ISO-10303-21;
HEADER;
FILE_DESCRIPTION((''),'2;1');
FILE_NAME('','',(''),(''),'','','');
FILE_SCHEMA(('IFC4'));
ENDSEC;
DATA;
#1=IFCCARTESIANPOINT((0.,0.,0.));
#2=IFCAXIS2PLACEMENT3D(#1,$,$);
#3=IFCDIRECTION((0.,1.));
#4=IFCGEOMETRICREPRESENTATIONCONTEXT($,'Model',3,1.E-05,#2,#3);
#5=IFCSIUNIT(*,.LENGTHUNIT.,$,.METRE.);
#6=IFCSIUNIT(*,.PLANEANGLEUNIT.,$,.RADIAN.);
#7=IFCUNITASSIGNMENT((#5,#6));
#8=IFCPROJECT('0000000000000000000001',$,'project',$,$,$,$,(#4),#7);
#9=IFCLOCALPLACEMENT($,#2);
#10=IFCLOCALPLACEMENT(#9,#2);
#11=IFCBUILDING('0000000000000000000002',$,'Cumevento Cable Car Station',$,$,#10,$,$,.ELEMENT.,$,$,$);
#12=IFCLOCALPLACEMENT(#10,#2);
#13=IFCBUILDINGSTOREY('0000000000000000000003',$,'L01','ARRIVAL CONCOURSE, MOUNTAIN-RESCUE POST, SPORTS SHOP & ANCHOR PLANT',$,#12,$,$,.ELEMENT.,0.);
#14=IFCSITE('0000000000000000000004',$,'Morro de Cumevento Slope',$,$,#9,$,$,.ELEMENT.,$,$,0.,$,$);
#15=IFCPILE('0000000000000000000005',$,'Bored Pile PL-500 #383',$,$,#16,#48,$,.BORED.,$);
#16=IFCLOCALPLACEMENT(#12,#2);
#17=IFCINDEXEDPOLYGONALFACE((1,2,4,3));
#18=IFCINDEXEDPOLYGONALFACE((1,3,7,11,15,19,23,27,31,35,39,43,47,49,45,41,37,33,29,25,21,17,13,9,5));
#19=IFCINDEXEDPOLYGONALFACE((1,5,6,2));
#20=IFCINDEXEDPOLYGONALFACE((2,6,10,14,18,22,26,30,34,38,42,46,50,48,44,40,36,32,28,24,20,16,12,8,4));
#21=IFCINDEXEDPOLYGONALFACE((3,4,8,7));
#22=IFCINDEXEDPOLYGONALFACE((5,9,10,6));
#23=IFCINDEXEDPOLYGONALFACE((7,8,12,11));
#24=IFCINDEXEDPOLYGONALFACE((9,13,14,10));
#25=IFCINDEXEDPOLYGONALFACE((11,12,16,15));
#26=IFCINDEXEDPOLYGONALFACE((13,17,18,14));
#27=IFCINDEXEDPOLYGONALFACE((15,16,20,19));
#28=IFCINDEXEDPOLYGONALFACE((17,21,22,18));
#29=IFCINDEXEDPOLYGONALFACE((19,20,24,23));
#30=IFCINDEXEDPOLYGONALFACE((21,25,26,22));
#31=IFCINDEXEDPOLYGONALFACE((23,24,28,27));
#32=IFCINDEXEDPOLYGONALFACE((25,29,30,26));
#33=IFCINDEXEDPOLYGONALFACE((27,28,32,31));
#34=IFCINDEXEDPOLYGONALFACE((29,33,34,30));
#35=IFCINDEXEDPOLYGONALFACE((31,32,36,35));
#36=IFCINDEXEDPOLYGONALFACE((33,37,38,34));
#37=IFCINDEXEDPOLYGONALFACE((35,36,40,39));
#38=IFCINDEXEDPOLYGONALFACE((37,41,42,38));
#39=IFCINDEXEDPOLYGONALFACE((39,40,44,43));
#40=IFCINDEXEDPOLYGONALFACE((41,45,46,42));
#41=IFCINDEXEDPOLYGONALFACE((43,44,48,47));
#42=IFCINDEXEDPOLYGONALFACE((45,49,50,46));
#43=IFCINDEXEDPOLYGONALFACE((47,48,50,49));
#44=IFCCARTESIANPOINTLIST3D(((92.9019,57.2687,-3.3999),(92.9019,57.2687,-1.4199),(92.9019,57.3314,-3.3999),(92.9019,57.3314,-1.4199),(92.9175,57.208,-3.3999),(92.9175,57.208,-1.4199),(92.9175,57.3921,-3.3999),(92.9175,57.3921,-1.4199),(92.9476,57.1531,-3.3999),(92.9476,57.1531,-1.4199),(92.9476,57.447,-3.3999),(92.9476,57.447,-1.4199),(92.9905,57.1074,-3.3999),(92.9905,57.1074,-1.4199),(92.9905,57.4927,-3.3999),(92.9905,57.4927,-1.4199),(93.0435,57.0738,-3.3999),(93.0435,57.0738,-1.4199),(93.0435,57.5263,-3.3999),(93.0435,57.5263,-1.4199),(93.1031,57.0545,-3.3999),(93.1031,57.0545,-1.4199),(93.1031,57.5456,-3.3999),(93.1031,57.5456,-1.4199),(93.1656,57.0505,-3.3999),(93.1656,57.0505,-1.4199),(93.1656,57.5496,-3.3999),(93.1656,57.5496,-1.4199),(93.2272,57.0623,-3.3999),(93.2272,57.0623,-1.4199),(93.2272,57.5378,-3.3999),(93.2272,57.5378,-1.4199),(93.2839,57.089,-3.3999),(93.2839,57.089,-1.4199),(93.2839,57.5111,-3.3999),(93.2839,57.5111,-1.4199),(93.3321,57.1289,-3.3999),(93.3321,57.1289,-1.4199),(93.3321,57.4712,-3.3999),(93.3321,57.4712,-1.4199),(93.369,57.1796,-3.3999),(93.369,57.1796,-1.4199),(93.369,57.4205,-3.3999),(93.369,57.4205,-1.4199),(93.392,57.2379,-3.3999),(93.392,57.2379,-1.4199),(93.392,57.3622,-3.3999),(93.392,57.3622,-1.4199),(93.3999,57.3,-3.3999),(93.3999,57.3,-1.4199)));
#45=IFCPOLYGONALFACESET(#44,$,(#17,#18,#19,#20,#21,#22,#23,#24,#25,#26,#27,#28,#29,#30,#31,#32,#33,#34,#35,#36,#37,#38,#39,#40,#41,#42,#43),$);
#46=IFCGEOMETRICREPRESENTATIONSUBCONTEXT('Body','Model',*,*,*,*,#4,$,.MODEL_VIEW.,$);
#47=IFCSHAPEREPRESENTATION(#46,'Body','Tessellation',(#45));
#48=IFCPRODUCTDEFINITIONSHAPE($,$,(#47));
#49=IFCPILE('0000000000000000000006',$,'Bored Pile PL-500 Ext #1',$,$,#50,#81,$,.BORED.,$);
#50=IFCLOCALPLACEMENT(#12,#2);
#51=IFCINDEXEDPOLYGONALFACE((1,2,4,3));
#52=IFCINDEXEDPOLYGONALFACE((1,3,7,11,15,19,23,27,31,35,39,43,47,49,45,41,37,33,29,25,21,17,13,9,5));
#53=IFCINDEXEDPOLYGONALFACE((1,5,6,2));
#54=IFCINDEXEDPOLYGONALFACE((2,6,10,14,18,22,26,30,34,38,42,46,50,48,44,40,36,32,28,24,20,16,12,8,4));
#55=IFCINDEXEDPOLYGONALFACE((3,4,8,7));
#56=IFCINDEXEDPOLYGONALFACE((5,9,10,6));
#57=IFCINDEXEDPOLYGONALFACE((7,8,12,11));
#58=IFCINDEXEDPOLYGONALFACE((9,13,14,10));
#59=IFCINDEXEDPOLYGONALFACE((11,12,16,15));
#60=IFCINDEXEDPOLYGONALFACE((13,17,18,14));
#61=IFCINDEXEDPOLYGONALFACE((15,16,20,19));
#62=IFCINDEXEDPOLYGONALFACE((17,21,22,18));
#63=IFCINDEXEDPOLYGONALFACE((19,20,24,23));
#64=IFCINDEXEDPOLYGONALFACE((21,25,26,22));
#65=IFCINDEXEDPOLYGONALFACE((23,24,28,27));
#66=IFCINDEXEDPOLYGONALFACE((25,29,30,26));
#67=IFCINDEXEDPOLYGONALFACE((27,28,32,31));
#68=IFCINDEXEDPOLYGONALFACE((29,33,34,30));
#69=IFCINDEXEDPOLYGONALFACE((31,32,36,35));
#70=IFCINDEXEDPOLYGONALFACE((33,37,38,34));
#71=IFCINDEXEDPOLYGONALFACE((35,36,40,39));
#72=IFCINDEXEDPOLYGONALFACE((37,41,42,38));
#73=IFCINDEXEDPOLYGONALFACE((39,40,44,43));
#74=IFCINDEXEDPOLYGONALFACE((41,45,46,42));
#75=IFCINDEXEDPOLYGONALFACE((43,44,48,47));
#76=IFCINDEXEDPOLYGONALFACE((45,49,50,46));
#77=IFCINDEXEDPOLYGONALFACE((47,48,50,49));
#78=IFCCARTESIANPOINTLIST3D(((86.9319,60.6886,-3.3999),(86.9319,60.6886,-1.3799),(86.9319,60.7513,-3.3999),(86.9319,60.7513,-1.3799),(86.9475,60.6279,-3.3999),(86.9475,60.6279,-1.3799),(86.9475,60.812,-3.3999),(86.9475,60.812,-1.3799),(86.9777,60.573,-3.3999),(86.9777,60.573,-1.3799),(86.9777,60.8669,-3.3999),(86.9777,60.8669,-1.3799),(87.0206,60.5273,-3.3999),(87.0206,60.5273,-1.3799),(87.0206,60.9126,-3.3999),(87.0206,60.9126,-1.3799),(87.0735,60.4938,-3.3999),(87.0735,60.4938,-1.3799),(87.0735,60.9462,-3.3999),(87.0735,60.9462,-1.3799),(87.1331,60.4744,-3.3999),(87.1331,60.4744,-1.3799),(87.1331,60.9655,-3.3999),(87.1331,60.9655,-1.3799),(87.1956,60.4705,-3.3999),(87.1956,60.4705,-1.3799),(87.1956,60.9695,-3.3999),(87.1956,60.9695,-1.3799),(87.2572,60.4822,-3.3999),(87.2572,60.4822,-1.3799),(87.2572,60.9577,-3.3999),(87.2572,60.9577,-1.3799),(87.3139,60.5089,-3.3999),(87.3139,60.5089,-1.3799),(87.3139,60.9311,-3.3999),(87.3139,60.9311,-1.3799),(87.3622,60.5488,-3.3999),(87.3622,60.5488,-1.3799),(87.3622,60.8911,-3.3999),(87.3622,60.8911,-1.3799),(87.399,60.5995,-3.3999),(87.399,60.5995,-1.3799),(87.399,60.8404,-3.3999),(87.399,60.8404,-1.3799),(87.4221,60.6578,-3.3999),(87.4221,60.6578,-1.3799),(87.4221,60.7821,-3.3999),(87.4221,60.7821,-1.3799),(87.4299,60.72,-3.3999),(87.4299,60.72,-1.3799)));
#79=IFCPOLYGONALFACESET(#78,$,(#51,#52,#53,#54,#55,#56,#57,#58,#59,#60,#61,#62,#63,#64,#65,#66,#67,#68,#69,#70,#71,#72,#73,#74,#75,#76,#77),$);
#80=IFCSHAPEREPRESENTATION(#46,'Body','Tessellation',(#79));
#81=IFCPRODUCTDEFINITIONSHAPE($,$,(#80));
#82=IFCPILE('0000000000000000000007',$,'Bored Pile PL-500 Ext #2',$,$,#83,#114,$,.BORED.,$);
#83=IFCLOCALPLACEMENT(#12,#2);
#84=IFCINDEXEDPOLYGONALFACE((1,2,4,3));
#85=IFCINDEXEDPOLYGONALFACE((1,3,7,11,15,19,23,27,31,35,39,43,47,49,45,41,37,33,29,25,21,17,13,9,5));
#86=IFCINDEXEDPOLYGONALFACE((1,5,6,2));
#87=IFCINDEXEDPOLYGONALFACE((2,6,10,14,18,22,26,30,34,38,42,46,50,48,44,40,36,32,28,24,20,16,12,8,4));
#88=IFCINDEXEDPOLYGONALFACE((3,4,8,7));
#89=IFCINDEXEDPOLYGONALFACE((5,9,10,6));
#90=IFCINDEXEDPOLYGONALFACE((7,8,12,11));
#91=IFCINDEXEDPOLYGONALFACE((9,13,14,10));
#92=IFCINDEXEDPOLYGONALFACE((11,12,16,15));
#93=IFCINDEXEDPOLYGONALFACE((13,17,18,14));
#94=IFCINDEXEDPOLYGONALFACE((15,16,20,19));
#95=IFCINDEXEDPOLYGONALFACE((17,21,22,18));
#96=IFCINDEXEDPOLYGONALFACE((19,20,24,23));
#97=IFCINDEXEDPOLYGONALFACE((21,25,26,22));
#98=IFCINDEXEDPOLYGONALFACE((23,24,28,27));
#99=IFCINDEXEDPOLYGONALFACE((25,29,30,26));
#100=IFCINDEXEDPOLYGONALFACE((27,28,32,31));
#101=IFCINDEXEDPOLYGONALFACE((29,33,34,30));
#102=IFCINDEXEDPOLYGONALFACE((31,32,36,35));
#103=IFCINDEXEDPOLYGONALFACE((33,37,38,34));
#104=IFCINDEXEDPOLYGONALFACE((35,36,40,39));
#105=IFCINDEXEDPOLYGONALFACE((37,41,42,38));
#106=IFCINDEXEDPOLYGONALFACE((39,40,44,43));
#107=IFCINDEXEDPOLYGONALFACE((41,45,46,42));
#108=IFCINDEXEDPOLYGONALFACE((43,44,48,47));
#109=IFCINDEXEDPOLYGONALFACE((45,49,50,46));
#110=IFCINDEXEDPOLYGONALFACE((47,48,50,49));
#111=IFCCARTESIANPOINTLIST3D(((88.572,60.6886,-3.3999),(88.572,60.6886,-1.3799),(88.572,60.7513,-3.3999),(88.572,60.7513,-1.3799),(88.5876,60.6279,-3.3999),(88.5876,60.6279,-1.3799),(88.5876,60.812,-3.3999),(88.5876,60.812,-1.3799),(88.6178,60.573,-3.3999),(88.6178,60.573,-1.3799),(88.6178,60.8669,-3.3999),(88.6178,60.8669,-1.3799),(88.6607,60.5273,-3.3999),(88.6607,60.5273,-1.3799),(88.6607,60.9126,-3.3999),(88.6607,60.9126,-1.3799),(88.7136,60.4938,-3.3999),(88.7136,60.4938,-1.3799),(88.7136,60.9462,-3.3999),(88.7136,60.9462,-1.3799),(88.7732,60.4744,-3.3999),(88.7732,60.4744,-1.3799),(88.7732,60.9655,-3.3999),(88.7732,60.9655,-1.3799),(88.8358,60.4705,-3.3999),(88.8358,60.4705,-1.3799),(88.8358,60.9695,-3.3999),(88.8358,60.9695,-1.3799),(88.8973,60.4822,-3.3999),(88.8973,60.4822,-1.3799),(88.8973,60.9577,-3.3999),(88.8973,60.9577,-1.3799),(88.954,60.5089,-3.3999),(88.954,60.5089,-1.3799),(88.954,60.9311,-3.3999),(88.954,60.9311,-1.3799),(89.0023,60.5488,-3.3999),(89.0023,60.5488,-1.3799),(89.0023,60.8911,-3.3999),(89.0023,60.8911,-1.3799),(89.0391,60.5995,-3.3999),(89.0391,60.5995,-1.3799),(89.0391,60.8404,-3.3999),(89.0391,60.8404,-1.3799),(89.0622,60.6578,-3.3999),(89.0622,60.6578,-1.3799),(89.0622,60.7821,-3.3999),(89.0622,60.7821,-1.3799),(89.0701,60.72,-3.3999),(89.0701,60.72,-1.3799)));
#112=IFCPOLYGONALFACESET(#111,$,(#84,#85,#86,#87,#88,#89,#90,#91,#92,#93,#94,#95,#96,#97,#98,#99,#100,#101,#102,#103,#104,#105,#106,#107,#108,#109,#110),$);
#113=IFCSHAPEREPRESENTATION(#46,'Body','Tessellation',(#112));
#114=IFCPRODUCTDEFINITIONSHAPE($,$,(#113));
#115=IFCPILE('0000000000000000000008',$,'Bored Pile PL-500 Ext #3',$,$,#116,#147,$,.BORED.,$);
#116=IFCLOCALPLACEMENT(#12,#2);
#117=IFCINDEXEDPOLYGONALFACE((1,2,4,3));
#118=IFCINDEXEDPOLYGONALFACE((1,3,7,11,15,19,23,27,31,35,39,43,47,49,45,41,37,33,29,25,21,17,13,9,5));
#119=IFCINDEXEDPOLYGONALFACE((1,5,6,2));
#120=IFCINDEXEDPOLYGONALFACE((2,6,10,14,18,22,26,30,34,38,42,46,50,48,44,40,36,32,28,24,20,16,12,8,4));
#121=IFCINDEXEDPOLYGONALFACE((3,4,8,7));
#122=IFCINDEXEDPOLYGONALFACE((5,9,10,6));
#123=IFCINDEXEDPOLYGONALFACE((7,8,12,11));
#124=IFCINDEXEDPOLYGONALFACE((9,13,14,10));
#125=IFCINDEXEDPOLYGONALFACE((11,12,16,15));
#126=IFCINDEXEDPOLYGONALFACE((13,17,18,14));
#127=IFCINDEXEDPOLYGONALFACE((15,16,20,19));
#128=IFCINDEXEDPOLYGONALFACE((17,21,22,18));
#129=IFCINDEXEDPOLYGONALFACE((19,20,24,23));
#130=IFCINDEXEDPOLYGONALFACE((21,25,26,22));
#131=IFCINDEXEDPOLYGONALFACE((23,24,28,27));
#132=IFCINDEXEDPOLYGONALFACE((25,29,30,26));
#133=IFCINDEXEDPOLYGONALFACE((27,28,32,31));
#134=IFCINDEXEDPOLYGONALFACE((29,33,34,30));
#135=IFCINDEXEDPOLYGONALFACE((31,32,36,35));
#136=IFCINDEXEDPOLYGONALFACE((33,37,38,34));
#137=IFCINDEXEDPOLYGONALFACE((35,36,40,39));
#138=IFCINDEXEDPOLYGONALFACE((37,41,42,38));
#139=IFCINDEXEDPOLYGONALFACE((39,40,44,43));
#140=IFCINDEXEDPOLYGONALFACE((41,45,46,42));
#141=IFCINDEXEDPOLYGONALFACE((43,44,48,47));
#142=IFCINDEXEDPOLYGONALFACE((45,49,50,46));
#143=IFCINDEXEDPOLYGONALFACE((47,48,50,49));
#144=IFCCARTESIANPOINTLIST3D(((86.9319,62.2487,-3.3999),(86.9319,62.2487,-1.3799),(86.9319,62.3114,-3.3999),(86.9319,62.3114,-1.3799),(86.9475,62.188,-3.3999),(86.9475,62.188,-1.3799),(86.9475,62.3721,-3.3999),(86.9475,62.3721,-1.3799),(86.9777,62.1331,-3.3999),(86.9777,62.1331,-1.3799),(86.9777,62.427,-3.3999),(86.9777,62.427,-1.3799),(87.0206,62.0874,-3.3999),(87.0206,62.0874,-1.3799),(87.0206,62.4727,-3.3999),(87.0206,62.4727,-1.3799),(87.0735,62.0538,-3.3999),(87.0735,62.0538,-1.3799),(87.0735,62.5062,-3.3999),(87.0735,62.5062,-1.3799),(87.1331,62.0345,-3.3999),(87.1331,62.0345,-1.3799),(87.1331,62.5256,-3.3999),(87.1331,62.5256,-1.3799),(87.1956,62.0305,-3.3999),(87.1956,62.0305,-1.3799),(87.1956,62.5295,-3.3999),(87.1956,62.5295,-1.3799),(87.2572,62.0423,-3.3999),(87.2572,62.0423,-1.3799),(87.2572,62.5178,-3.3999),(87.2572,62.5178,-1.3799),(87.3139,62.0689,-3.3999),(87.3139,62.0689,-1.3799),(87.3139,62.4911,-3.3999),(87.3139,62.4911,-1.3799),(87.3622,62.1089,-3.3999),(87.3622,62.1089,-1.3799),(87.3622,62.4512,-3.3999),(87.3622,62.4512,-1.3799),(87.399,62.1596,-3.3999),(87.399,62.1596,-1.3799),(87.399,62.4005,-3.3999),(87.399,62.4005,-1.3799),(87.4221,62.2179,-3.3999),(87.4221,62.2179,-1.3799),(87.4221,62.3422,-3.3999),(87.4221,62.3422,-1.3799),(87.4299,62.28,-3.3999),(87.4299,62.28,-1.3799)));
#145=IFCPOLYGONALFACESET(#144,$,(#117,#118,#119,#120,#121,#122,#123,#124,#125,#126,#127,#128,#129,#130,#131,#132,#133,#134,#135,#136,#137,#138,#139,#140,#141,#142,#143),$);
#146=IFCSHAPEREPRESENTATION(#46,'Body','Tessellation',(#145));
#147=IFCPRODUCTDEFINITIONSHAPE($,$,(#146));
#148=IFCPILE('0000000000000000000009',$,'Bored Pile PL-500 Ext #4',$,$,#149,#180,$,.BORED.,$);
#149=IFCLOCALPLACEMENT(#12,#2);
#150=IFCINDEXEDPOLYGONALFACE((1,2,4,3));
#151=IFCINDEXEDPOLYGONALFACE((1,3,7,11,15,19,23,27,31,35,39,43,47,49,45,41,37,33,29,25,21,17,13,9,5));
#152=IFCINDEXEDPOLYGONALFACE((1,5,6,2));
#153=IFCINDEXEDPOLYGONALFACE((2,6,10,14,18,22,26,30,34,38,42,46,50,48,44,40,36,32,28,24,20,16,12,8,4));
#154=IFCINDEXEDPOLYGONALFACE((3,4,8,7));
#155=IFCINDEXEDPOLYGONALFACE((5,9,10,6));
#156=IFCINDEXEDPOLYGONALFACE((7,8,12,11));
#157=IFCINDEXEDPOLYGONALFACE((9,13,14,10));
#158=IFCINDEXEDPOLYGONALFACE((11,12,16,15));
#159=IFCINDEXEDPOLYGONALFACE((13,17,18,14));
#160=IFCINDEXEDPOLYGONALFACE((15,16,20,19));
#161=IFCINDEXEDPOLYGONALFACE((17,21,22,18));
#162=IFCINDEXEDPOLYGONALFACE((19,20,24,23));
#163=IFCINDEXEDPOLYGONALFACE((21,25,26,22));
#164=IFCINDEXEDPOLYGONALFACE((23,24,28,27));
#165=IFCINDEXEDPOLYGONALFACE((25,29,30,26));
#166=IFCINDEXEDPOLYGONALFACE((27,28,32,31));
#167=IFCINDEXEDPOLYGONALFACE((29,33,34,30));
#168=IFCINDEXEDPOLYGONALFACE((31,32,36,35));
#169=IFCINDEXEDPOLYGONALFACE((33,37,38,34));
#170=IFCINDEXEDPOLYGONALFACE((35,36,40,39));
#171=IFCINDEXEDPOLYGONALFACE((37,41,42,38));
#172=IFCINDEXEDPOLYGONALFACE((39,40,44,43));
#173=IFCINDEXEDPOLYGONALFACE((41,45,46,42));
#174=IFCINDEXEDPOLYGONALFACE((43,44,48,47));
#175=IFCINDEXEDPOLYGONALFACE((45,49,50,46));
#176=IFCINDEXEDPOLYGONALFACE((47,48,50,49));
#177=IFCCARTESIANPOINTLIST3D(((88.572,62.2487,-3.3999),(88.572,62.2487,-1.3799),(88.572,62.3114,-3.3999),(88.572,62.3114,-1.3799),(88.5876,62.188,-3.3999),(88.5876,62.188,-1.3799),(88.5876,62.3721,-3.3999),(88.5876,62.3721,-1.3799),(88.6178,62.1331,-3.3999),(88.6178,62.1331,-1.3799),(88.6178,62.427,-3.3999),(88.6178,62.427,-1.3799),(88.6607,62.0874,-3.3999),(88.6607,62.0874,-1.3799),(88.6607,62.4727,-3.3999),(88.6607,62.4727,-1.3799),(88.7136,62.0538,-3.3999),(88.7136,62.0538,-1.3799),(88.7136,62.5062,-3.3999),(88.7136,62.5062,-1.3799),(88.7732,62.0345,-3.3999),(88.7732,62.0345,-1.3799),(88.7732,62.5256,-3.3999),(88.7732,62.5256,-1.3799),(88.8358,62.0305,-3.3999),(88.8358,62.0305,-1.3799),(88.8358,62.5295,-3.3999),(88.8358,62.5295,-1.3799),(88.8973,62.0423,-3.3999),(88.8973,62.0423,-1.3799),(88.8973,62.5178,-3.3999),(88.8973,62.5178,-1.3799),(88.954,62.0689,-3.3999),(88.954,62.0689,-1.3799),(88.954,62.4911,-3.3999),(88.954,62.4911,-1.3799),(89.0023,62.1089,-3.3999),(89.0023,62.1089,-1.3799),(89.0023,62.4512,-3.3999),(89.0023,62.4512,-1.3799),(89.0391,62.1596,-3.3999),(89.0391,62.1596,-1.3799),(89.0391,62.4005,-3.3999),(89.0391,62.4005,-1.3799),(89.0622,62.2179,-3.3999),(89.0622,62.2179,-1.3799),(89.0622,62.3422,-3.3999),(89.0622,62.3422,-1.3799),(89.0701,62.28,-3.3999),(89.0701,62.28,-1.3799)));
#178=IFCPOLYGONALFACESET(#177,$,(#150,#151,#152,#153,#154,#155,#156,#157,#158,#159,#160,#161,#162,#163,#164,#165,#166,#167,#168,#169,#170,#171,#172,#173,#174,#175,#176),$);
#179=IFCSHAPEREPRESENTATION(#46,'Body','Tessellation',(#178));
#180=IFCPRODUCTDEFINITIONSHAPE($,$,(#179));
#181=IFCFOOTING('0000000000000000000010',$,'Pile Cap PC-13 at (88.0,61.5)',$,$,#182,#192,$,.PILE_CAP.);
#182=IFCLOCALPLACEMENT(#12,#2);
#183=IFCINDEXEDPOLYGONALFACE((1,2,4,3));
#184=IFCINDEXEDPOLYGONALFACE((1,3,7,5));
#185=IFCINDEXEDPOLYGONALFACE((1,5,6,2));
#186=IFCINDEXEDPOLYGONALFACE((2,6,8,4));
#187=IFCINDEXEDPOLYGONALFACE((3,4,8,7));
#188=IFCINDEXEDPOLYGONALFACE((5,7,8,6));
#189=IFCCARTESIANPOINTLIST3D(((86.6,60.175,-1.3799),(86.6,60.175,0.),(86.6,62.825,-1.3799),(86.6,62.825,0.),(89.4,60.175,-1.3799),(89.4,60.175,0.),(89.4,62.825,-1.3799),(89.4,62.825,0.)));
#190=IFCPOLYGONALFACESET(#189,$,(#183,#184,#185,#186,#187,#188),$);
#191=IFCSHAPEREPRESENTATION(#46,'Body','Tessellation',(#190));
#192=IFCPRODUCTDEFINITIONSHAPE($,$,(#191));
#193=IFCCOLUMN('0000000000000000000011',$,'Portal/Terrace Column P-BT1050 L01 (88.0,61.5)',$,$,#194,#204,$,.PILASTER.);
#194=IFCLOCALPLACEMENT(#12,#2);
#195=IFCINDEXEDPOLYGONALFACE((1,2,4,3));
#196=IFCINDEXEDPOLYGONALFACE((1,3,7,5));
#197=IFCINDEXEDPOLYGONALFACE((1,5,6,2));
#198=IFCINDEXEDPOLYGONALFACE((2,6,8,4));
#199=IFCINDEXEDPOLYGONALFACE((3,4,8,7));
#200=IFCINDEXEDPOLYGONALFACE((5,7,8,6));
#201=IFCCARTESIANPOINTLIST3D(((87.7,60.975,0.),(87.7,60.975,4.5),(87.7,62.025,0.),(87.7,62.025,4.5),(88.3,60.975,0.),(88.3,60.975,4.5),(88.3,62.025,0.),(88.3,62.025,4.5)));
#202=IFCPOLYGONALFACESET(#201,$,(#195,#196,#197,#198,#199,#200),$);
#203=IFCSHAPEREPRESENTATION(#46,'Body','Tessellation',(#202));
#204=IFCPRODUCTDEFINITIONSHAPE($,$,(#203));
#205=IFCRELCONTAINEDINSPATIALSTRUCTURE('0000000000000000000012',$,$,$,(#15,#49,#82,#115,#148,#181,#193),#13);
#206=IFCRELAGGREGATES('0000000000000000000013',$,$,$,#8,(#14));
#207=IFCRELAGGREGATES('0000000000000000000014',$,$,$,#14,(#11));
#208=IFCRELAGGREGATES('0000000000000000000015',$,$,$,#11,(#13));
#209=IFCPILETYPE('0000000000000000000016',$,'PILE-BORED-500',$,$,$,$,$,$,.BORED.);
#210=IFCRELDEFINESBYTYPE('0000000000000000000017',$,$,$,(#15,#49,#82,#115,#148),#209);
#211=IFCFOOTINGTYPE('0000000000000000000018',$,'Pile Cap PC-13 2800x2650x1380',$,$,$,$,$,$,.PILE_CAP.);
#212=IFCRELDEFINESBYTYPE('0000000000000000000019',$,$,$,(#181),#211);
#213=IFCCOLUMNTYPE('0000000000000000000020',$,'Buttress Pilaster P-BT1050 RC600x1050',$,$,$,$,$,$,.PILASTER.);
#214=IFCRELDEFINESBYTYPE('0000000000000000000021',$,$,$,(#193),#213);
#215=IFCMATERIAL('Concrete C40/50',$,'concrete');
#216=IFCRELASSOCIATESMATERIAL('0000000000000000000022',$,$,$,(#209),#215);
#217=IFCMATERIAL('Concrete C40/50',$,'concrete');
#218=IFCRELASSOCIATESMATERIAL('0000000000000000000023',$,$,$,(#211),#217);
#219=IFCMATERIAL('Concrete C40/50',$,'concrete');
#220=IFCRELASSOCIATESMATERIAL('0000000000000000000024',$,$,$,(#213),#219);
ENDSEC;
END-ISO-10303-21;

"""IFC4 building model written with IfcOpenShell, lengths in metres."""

from ifc_helpers import new_model, si_unit, direction, frame, origin, origin_2d, place, context, subcontext, project, spatial, rectangle, circle, extrude, material, material_profile, profile_set, type_object, element, save


model = new_model("IFC4")

# Units and contexts
model_context = context("Model", 3, precision=1e-05, world=origin(), true_north=direction((0.0, 1.0)))
body_context = subcontext(model_context, "Body", "Model", "MODEL_VIEW")
ifc_project = project(units=[si_unit("LENGTHUNIT", "METRE"), si_unit("PLANEANGLEUNIT", "RADIAN")], contexts=[model_context])

# Site, building, storey
site_placement = place(None, origin())
site = spatial("IfcSite", under=ifc_project, at=site_placement, Name="Morro de Cumevento Slope", CompositionType="ELEMENT", RefElevation=0.0)
building_placement = place(site_placement, origin())
building = spatial("IfcBuilding", under=site, at=building_placement, Name="Cumevento Cable Car Station", CompositionType="ELEMENT")
storey_placement = place(building_placement, origin())
storey = spatial("IfcBuildingStorey", under=building, at=storey_placement, Name="L01", Description="ARRIVAL CONCOURSE, MOUNTAIN-RESCUE POST, SPORTS SHOP & ANCHOR PLANT", CompositionType="ELEMENT", Elevation=0.0)

# Piles
ifc_material_1 = material(Name="Concrete C40/50", Category="concrete")
ifc_material_profile_1 = material_profile(ifc_material_1, circle(Radius=0.25, at=origin_2d()), Name="PILE-D500")
ifc_profile_set_1 = profile_set([ifc_material_profile_1], Name="Concrete C40/50")
pile_type_1 = type_object("IfcPileType", Name="PILE-BORED-500", PredefinedType="BORED", material=ifc_profile_set_1)
pile_1_placement = place(storey_placement, frame((93.1499, 57.3, -1.4199), z_axis=(0.0, 0.0, -1.0), x_axis=(1.0, 0.0, 0.0)))
element("IfcPile", 1, at=pile_1_placement, inside=storey, type_object=pile_type_1, Name="Bored Pile PL-500 #383", PredefinedType="BORED", context=body_context, shape_type="SweptSolid", body=[
    extrude(circle(Radius=0.25, at=origin_2d()), origin(), (0.0, 0.0, 1.0), 1.98),
])
for number, where, z_axis, x_axis, name in (
    (2, (87.1799, 60.72, -1.3799), (0.0, 0.0, -1.0), (1.0, 0.0, 0.0), "Bored Pile PL-500 Ext #1"),
    (3, (88.8201, 60.72, -1.3799), (0.0, 0.0, -1.0), (1.0, 0.0, 0.0), "Bored Pile PL-500 Ext #2"),
    (4, (87.1799, 62.28, -1.3799), (0.0, 0.0, -1.0), (1.0, 0.0, 0.0), "Bored Pile PL-500 Ext #3"),
    (5, (88.8201, 62.28, -1.3799), (0.0, 0.0, -1.0), (1.0, 0.0, 0.0), "Bored Pile PL-500 Ext #4"),
):
    element("IfcPile", number, at=place(storey_placement, frame(where, z_axis=z_axis, x_axis=x_axis)), inside=storey, type_object=pile_type_1, Name=name, PredefinedType="BORED", context=body_context, shape_type="SweptSolid", body=[
        extrude(circle(Radius=0.25, at=origin_2d()), origin(), (0.0, 0.0, 1.0), 2.02),
    ])

# Footing
ifc_material_2 = material(Name="Concrete C40/50", Category="concrete")
footing_type = type_object("IfcFootingType", Name="Pile Cap PC-13 2800x2650x1380", PredefinedType="PILE_CAP", material=ifc_material_2)
footing_placement = place(storey_placement, frame((88.0, 61.5, -1.3799), z_axis=(0.0, 0.0, 1.0), x_axis=(1.0, 0.0, 0.0)))
element("IfcFooting", 6, at=footing_placement, inside=storey, type_object=footing_type, Name="Pile Cap PC-13 at (88.0,61.5)", PredefinedType="PILE_CAP", context=body_context, shape_type="SweptSolid", body=[
    extrude(rectangle(XDim=2.8, YDim=2.6499, at=origin_2d()), origin(), (0.0, 0.0, 1.0), 1.3799),
])

# Column
ifc_material_3 = material(Name="Concrete C40/50", Category="concrete")
ifc_material_profile_2 = material_profile(ifc_material_3, rectangle(XDim=0.6001, YDim=1.05, at=origin_2d()), Name="RC600x1050")
ifc_profile_set_2 = profile_set([ifc_material_profile_2], Name="Concrete C40/50")
column_type = type_object("IfcColumnType", Name="Buttress Pilaster P-BT1050 RC600x1050", PredefinedType="PILASTER", material=ifc_profile_set_2)
column_placement = place(storey_placement, frame((88.0, 61.5, 0.0), z_axis=(0.0, 0.0, 1.0), x_axis=(1.0, 0.0, 0.0)))
element("IfcColumn", 7, at=column_placement, inside=storey, type_object=column_type, Name="Portal/Terrace Column P-BT1050 L01 (88.0,61.5)", PredefinedType="PILASTER", context=body_context, shape_type="SweptSolid", body=[
    extrude(rectangle(XDim=0.6001, YDim=1.05, at=origin_2d()), origin(), (0.0, 0.0, 1.0), 4.5),
])

save(model, "model.ifc")
